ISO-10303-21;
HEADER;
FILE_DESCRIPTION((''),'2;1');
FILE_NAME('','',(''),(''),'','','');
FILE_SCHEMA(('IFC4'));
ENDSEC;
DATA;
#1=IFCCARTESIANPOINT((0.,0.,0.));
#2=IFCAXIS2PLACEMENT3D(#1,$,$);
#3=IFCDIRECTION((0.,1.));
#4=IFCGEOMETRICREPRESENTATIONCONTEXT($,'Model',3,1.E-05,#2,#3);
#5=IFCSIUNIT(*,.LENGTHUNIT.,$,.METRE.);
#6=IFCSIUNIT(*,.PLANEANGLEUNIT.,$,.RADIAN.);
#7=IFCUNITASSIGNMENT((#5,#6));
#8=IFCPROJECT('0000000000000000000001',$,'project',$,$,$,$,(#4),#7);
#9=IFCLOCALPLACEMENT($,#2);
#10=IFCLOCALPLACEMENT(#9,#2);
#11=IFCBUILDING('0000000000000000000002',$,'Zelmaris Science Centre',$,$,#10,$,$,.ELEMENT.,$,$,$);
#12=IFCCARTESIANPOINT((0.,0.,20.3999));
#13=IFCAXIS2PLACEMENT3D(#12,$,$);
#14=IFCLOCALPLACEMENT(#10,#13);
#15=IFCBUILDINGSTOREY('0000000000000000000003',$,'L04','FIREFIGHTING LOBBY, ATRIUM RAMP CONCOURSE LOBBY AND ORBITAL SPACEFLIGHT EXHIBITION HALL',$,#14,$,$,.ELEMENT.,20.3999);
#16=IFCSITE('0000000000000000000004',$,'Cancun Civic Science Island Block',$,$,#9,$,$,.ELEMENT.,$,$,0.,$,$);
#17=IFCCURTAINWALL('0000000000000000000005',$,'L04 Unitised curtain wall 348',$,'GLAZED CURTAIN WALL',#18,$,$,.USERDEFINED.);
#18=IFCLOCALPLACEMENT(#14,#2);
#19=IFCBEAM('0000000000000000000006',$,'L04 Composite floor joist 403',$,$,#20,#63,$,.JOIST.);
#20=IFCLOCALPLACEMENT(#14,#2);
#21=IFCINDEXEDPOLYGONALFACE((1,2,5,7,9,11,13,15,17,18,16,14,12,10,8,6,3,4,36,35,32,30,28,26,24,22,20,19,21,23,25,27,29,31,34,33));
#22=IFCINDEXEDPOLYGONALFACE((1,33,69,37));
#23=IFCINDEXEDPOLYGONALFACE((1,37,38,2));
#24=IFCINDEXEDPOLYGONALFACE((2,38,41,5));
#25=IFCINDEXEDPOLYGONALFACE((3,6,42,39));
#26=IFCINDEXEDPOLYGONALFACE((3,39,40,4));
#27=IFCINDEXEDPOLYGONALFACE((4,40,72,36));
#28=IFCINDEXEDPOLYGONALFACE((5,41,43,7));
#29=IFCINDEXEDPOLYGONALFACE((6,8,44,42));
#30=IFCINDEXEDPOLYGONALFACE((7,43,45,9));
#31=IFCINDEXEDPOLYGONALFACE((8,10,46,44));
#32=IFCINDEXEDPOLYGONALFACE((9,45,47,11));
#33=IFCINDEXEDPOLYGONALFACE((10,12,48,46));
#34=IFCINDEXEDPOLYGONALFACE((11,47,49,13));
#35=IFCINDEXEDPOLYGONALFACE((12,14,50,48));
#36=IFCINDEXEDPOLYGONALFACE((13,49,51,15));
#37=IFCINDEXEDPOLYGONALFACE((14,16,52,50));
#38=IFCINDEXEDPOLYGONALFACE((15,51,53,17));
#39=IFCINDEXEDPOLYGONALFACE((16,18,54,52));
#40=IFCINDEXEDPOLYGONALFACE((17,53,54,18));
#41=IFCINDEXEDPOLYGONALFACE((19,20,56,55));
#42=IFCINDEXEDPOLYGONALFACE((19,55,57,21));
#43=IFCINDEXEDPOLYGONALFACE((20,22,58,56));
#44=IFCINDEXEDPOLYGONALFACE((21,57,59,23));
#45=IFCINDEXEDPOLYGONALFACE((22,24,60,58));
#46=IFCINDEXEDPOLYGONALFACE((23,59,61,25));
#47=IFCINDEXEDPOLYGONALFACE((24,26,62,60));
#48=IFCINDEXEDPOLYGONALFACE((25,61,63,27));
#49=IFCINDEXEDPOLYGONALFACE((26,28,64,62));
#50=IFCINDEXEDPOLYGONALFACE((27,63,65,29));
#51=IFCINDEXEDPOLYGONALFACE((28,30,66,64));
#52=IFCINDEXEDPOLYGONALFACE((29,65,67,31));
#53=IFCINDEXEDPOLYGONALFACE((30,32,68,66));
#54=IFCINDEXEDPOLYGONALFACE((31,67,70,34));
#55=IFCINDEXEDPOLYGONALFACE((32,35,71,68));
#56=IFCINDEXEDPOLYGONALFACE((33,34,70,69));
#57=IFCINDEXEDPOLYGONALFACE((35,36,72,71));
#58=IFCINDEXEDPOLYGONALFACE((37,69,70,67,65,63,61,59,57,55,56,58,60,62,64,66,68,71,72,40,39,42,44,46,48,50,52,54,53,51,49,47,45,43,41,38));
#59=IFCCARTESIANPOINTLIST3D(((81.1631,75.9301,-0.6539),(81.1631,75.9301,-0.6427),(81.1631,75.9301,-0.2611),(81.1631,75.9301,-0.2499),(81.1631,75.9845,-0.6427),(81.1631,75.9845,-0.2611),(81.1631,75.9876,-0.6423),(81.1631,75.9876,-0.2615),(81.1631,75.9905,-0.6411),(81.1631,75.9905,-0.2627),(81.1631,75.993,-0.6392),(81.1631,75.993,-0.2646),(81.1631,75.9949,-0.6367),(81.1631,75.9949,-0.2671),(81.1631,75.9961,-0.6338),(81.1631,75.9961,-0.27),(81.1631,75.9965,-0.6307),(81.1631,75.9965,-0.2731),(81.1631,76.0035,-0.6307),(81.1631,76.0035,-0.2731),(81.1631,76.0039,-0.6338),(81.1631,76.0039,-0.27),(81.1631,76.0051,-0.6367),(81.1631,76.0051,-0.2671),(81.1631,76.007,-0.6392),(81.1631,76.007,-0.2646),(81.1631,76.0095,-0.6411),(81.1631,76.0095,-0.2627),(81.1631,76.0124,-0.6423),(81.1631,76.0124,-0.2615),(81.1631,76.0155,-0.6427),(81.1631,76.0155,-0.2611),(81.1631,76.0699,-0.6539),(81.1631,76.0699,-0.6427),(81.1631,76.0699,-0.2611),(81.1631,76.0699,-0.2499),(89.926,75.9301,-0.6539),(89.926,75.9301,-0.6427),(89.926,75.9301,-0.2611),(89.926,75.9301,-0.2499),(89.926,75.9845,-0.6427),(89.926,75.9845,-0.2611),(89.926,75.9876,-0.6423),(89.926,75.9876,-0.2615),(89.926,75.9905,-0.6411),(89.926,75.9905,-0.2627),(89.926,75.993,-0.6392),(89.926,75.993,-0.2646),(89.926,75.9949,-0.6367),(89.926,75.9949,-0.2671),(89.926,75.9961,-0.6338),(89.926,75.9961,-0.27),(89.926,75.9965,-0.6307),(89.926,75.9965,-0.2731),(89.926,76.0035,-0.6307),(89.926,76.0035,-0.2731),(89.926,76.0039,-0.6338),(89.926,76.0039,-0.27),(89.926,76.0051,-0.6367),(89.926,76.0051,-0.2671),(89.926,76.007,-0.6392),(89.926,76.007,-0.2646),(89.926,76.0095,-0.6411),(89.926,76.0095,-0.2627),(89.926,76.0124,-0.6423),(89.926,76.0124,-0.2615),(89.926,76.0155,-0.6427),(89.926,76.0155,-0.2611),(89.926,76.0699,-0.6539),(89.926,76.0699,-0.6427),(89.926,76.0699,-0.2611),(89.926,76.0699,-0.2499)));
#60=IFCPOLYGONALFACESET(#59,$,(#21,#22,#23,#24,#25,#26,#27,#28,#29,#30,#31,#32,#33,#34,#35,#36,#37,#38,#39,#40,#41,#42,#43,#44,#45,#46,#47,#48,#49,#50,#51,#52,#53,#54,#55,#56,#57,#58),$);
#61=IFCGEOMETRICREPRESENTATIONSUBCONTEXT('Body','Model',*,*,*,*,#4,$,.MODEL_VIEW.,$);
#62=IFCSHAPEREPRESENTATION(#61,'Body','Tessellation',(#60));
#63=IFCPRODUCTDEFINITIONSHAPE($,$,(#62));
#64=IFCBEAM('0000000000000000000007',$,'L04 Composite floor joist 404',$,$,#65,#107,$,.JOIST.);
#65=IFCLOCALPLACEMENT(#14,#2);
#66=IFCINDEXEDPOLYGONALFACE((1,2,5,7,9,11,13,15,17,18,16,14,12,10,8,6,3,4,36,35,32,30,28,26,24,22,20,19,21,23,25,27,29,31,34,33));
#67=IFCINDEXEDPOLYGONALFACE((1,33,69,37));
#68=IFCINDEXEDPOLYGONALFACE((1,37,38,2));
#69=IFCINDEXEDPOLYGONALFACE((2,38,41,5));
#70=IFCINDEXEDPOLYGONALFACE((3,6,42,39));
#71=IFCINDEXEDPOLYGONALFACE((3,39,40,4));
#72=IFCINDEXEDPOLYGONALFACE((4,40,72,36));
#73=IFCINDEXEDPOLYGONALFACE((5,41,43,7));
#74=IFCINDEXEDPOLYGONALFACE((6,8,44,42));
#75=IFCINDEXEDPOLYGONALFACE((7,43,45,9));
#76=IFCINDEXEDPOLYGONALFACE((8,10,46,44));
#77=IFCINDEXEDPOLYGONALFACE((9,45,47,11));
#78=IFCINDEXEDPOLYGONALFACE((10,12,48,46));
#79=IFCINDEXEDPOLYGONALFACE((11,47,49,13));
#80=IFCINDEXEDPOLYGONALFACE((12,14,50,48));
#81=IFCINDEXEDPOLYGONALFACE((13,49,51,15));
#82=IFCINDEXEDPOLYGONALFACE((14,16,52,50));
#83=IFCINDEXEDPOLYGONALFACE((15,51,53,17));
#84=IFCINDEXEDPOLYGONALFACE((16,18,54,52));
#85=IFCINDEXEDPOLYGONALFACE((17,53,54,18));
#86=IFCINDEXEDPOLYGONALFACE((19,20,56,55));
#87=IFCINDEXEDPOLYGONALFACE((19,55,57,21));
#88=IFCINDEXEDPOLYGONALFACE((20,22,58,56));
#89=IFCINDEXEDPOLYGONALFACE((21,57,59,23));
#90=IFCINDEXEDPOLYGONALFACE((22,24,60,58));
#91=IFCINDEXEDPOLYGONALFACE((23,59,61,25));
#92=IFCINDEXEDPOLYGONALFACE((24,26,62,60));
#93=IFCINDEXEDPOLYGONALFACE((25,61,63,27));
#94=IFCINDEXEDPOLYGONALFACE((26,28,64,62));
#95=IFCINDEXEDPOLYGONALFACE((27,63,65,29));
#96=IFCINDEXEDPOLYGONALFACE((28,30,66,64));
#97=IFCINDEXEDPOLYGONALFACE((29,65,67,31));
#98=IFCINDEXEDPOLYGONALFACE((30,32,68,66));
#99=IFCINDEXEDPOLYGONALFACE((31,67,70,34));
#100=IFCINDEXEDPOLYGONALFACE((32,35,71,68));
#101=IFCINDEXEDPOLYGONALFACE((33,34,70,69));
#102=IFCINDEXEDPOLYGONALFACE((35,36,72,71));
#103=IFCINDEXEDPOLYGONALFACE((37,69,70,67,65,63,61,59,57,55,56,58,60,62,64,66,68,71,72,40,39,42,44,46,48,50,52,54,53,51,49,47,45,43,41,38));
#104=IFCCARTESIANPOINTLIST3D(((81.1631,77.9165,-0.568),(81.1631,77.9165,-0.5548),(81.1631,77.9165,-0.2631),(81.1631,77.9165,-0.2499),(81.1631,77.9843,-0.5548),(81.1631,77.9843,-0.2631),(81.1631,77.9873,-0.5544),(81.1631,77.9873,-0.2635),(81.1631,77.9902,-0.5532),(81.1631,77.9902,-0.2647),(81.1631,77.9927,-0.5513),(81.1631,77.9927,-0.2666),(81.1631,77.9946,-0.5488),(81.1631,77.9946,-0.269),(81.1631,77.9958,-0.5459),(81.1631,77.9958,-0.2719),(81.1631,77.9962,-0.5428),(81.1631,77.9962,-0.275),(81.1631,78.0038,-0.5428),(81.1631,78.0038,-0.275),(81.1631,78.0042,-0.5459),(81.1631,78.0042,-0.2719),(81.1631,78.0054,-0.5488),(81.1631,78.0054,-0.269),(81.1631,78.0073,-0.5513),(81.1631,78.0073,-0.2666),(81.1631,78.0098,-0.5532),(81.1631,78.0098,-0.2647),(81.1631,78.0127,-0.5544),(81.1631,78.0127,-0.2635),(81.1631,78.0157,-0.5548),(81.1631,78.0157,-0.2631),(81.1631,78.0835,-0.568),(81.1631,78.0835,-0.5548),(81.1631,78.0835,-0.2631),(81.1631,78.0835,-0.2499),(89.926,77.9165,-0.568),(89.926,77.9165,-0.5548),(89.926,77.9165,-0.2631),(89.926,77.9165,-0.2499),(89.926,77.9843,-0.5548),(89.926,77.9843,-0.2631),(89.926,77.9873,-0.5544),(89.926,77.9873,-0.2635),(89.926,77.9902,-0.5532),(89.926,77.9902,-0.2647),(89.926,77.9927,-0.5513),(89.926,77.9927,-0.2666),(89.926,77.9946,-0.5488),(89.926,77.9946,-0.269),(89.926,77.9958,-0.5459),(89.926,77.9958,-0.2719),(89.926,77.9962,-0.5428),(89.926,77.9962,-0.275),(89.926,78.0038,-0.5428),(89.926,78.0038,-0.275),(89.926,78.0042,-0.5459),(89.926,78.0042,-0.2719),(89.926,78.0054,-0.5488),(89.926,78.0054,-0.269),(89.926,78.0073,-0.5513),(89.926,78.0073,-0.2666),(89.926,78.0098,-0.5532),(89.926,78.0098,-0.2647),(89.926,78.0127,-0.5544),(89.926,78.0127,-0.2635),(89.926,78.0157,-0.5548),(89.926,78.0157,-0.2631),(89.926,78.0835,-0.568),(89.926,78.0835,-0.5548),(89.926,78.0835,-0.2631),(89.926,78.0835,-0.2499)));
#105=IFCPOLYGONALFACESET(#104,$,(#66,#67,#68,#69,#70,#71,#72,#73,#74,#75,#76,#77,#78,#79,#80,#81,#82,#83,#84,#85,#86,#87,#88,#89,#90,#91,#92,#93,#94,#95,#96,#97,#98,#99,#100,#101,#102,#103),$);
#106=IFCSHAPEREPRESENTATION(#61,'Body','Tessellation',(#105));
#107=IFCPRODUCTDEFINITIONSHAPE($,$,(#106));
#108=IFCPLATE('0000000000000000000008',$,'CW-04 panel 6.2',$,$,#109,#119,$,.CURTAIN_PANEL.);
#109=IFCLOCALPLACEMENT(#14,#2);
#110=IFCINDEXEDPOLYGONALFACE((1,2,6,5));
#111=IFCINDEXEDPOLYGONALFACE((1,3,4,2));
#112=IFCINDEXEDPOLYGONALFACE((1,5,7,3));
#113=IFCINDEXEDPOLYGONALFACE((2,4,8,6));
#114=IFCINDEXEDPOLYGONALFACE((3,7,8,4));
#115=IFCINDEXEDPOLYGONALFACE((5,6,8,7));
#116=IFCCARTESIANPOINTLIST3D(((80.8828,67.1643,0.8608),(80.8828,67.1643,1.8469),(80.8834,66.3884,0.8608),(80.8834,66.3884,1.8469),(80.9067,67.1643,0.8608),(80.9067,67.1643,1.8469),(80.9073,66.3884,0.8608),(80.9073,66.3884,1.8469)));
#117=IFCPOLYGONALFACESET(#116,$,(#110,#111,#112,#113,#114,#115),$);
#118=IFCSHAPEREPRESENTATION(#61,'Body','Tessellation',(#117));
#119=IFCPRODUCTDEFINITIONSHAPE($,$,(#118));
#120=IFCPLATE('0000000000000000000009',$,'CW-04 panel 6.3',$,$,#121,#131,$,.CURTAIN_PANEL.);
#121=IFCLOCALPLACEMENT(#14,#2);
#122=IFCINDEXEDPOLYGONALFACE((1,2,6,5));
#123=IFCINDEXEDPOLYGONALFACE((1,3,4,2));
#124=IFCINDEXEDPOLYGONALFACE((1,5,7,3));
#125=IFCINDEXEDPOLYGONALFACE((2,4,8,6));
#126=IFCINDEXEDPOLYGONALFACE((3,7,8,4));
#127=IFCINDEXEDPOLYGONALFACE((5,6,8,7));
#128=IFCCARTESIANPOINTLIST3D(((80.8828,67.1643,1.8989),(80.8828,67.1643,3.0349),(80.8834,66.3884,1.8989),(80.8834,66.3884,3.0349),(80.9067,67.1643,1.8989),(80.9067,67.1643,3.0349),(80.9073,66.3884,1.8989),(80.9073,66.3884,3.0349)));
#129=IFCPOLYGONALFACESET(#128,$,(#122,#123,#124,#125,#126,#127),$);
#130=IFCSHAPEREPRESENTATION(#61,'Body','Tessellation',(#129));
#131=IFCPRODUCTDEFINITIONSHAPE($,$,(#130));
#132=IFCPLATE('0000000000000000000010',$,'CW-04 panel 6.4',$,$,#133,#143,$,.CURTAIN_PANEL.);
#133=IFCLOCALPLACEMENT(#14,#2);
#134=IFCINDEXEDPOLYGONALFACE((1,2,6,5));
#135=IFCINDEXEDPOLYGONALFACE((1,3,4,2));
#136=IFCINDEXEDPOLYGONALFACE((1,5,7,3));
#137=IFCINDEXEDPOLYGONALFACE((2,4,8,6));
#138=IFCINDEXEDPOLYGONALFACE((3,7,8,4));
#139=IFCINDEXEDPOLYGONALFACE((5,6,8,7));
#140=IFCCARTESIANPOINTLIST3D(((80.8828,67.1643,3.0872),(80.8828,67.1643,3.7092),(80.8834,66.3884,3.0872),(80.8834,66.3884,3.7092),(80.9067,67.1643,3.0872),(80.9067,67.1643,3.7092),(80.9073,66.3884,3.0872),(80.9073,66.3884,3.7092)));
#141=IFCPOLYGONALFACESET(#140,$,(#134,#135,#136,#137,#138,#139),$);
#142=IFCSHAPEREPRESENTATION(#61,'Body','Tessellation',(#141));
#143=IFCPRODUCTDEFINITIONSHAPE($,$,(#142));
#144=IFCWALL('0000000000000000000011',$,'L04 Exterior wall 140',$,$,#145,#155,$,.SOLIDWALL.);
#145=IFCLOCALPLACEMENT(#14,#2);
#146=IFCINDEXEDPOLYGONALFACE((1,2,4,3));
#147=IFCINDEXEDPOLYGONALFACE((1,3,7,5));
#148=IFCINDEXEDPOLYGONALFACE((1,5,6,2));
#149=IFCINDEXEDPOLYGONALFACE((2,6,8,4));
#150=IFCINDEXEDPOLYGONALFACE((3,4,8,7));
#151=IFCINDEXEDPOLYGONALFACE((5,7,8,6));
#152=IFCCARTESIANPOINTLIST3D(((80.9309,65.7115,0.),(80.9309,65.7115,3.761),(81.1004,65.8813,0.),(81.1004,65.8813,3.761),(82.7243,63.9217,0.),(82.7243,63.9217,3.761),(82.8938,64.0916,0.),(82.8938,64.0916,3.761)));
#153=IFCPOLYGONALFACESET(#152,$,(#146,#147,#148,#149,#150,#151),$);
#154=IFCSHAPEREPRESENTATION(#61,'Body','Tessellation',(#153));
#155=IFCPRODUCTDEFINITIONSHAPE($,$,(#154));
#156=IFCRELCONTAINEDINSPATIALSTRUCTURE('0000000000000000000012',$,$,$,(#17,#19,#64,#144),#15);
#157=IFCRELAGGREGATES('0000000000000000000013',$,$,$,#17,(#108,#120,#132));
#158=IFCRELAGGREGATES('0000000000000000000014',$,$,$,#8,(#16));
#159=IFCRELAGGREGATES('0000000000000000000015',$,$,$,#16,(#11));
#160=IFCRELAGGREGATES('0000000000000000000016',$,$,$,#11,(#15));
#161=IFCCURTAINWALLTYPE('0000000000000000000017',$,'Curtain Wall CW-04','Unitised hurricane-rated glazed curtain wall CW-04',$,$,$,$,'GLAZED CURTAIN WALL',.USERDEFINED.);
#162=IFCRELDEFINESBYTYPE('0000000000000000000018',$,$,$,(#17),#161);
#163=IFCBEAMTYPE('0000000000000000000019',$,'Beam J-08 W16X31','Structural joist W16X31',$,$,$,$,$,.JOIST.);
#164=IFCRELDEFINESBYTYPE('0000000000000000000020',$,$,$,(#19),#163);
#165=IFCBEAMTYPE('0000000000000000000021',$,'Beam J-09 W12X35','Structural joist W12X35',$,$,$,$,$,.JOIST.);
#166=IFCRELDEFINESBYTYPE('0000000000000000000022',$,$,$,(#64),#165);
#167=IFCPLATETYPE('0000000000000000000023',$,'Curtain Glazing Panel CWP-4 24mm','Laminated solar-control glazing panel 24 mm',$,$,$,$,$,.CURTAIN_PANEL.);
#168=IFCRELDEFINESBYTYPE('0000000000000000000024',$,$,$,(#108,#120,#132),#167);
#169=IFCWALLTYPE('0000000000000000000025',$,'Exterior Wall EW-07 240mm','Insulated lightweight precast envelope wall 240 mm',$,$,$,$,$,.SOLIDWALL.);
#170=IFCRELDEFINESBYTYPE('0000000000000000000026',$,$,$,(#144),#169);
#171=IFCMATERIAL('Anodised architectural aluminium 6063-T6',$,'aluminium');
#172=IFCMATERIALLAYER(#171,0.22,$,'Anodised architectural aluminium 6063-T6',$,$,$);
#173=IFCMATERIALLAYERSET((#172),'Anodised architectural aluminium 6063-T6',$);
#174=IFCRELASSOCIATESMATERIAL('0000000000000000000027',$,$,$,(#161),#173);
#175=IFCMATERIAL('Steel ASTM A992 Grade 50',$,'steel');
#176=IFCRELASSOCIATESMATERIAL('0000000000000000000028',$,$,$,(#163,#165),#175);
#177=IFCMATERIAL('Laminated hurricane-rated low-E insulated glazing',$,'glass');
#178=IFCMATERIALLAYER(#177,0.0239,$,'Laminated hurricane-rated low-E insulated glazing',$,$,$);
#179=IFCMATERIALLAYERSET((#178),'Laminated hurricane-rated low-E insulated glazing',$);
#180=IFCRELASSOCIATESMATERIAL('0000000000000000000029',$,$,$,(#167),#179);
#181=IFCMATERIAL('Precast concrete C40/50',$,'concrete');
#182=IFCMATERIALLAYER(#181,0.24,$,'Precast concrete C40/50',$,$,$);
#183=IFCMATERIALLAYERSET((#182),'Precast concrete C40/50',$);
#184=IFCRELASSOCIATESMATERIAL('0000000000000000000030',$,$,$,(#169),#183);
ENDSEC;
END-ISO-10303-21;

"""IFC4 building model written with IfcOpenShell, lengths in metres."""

from ifc_helpers import new_model, si_unit, direction, frame, frame_2d, origin, origin_2d, place, context, subcontext, project, spatial, rectangle, i_section, extrude, material, layer, layer_set, material_profile, profile_set, type_object, element, aggregate, save


model = new_model("IFC4")

# Units and contexts
model_context = context("Model", 3, precision=1e-05, world=origin(), true_north=direction((0.0, 1.0)))
body_context = subcontext(model_context, "Body", "Model", "MODEL_VIEW")
ifc_project = project(units=[si_unit("LENGTHUNIT", "METRE"), si_unit("PLANEANGLEUNIT", "RADIAN")], contexts=[model_context])

# Site, building, storey
site_placement = place(None, origin())
site = spatial("IfcSite", under=ifc_project, at=site_placement, Name="Cancun Civic Science Island Block", CompositionType="ELEMENT", RefElevation=0.0)
building_placement = place(site_placement, origin())
building = spatial("IfcBuilding", under=site, at=building_placement, Name="Zelmaris Science Centre", CompositionType="ELEMENT")
storey_placement = place(building_placement, frame((0.0, 0.0, 20.3999)))
storey = spatial("IfcBuildingStorey", under=building, at=storey_placement, Name="L04", Description="FIREFIGHTING LOBBY, ATRIUM RAMP CONCOURSE LOBBY AND ORBITAL SPACEFLIGHT EXHIBITION HALL", CompositionType="ELEMENT", Elevation=20.3999)

# Shared definitions
ifc_material_1 = material(Name="Steel ASTM A992 Grade 50", Category="steel")

# Curtain wall
ifc_material_2 = material(Name="Anodised architectural aluminium 6063-T6", Category="aluminium")
ifc_layer_1 = layer(ifc_material_2, 0.22, Name="Anodised architectural aluminium 6063-T6")
ifc_layer_set_1 = layer_set([ifc_layer_1], Name="Anodised architectural aluminium 6063-T6")
curtain_wall_type = type_object("IfcCurtainWallType", Name="Curtain Wall CW-04", Description="Unitised hurricane-rated glazed curtain wall CW-04", ElementType="GLAZED CURTAIN WALL", PredefinedType="USERDEFINED", material=ifc_layer_set_1)
curtain_wall_placement = place(storey_placement, origin())
curtain_wall = element("IfcCurtainWall", 1, at=curtain_wall_placement, inside=storey, type_object=curtain_wall_type, Name="L04 Unitised curtain wall 348", ObjectType="GLAZED CURTAIN WALL", PredefinedType="USERDEFINED")

# Beams
ifc_material_profile_1 = material_profile(ifc_material_1, i_section(OverallWidth=0.1399, OverallDepth=0.4041, WebThickness=0.0071, FlangeThickness=0.0112, FilletRadius=0.012, at=origin_2d()), Name="W16X31")
ifc_profile_set_1 = profile_set([ifc_material_profile_1], Name="Steel ASTM A992 Grade 50")
beam_type_1 = type_object("IfcBeamType", Name="Beam J-08 W16X31", Description="Structural joist W16X31", PredefinedType="JOIST", material=ifc_profile_set_1)
beam_1_placement = place(storey_placement, frame((81.1631, 76.0, -0.4519), z_axis=(1.0, 0.0, 0.0), x_axis=(0.0, 1.0, 0.0)))
element("IfcBeam", 2, at=beam_1_placement, inside=storey, type_object=beam_type_1, Name="L04 Composite floor joist 403", PredefinedType="JOIST", context=body_context, shape_type="SweptSolid", body=[
    extrude(i_section(OverallWidth=0.1399, OverallDepth=0.4041, WebThickness=0.0071, FlangeThickness=0.0112, FilletRadius=0.012, at=origin_2d()), origin(), (0.0, 0.0, 1.0), 8.7629),
])
ifc_material_profile_2 = material_profile(ifc_material_1, i_section(OverallWidth=0.167, OverallDepth=0.3181, WebThickness=0.0076, FlangeThickness=0.0132, FilletRadius=0.012, at=origin_2d()), Name="W12X35")
ifc_profile_set_2 = profile_set([ifc_material_profile_2], Name="Steel ASTM A992 Grade 50")
beam_type_2 = type_object("IfcBeamType", Name="Beam J-09 W12X35", Description="Structural joist W12X35", PredefinedType="JOIST", material=ifc_profile_set_2)
beam_2_placement = place(storey_placement, frame((81.1631, 78.0, -0.4089), z_axis=(1.0, 0.0, 0.0), x_axis=(0.0, 1.0, 0.0)))
element("IfcBeam", 3, at=beam_2_placement, inside=storey, type_object=beam_type_2, Name="L04 Composite floor joist 404", PredefinedType="JOIST", context=body_context, shape_type="SweptSolid", body=[
    extrude(i_section(OverallWidth=0.167, OverallDepth=0.3181, WebThickness=0.0076, FlangeThickness=0.0132, FilletRadius=0.012, at=origin_2d()), origin(), (0.0, 0.0, 1.0), 8.7629),
])

# Plates
ifc_material_3 = material(Name="Laminated hurricane-rated low-E insulated glazing", Category="glass")
ifc_layer_2 = layer(ifc_material_3, 0.0239, Name="Laminated hurricane-rated low-E insulated glazing")
ifc_layer_set_2 = layer_set([ifc_layer_2], Name="Laminated hurricane-rated low-E insulated glazing")
plate_type = type_object("IfcPlateType", Name="Curtain Glazing Panel CWP-4 24mm", Description="Laminated solar-control glazing panel 24 mm", PredefinedType="CURTAIN_PANEL", material=ifc_layer_set_2)
plate_1_placement = place(storey_placement, frame((80.895, 66.7764, 0.8608), z_axis=(0.0, 0.0, 1.0), x_axis=(0.000781, -1.0, 0.0)))
plate_1 = element("IfcPlate", 4, at=plate_1_placement, type_object=plate_type, Name="CW-04 panel 6.2", PredefinedType="CURTAIN_PANEL", context=body_context, shape_type="SweptSolid", body=[
    extrude(rectangle(XDim=0.7759, YDim=0.0239, at=origin_2d()), origin(), (0.0, 0.0, 1.0), 0.9861),
])
plate_2_placement = place(storey_placement, frame((80.895, 66.7764, 1.8989), z_axis=(0.0, 0.0, 1.0), x_axis=(0.000781, -1.0, 0.0)))
plate_2 = element("IfcPlate", 5, at=plate_2_placement, type_object=plate_type, Name="CW-04 panel 6.3", PredefinedType="CURTAIN_PANEL", context=body_context, shape_type="SweptSolid", body=[
    extrude(rectangle(XDim=0.7759, YDim=0.0239, at=origin_2d()), origin(), (0.0, 0.0, 1.0), 1.136),
])
plate_3_placement = place(storey_placement, frame((80.895, 66.7764, 3.0872), z_axis=(0.0, 0.0, 1.0), x_axis=(0.000781, -1.0, 0.0)))
plate_3 = element("IfcPlate", 6, at=plate_3_placement, type_object=plate_type, Name="CW-04 panel 6.4", PredefinedType="CURTAIN_PANEL", context=body_context, shape_type="SweptSolid", body=[
    extrude(rectangle(XDim=0.7759, YDim=0.0239, at=origin_2d()), origin(), (0.0, 0.0, 1.0), 0.6221),
])
aggregate(curtain_wall, [plate_1, plate_2, plate_3])

# Wall
ifc_material_4 = material(Name="Precast concrete C40/50", Category="concrete")
ifc_layer_3 = layer(ifc_material_4, 0.24, Name="Precast concrete C40/50")
ifc_layer_set_3 = layer_set([ifc_layer_3], Name="Precast concrete C40/50")
wall_type = type_object("IfcWallType", Name="Exterior Wall EW-07 240mm", Description="Insulated lightweight precast envelope wall 240 mm", PredefinedType="SOLIDWALL", material=ifc_layer_set_3)
wall_placement = place(storey_placement, frame((81.0156, 65.7964, 0.0), z_axis=(0.0, 0.0, 1.0), x_axis=(0.707829, -0.706384, 0.0)))
element("IfcWall", 7, at=wall_placement, inside=storey, type_object=wall_type, Name="L04 Exterior wall 140", PredefinedType="SOLIDWALL", context=body_context, shape_type="SweptSolid", body=[
    extrude(rectangle(XDim=2.5337, YDim=0.24, at=frame_2d((1.2668, 0.0))), origin(), (0.0, 0.0, 1.0), 3.761),
])

save(model, "model.ifc")
